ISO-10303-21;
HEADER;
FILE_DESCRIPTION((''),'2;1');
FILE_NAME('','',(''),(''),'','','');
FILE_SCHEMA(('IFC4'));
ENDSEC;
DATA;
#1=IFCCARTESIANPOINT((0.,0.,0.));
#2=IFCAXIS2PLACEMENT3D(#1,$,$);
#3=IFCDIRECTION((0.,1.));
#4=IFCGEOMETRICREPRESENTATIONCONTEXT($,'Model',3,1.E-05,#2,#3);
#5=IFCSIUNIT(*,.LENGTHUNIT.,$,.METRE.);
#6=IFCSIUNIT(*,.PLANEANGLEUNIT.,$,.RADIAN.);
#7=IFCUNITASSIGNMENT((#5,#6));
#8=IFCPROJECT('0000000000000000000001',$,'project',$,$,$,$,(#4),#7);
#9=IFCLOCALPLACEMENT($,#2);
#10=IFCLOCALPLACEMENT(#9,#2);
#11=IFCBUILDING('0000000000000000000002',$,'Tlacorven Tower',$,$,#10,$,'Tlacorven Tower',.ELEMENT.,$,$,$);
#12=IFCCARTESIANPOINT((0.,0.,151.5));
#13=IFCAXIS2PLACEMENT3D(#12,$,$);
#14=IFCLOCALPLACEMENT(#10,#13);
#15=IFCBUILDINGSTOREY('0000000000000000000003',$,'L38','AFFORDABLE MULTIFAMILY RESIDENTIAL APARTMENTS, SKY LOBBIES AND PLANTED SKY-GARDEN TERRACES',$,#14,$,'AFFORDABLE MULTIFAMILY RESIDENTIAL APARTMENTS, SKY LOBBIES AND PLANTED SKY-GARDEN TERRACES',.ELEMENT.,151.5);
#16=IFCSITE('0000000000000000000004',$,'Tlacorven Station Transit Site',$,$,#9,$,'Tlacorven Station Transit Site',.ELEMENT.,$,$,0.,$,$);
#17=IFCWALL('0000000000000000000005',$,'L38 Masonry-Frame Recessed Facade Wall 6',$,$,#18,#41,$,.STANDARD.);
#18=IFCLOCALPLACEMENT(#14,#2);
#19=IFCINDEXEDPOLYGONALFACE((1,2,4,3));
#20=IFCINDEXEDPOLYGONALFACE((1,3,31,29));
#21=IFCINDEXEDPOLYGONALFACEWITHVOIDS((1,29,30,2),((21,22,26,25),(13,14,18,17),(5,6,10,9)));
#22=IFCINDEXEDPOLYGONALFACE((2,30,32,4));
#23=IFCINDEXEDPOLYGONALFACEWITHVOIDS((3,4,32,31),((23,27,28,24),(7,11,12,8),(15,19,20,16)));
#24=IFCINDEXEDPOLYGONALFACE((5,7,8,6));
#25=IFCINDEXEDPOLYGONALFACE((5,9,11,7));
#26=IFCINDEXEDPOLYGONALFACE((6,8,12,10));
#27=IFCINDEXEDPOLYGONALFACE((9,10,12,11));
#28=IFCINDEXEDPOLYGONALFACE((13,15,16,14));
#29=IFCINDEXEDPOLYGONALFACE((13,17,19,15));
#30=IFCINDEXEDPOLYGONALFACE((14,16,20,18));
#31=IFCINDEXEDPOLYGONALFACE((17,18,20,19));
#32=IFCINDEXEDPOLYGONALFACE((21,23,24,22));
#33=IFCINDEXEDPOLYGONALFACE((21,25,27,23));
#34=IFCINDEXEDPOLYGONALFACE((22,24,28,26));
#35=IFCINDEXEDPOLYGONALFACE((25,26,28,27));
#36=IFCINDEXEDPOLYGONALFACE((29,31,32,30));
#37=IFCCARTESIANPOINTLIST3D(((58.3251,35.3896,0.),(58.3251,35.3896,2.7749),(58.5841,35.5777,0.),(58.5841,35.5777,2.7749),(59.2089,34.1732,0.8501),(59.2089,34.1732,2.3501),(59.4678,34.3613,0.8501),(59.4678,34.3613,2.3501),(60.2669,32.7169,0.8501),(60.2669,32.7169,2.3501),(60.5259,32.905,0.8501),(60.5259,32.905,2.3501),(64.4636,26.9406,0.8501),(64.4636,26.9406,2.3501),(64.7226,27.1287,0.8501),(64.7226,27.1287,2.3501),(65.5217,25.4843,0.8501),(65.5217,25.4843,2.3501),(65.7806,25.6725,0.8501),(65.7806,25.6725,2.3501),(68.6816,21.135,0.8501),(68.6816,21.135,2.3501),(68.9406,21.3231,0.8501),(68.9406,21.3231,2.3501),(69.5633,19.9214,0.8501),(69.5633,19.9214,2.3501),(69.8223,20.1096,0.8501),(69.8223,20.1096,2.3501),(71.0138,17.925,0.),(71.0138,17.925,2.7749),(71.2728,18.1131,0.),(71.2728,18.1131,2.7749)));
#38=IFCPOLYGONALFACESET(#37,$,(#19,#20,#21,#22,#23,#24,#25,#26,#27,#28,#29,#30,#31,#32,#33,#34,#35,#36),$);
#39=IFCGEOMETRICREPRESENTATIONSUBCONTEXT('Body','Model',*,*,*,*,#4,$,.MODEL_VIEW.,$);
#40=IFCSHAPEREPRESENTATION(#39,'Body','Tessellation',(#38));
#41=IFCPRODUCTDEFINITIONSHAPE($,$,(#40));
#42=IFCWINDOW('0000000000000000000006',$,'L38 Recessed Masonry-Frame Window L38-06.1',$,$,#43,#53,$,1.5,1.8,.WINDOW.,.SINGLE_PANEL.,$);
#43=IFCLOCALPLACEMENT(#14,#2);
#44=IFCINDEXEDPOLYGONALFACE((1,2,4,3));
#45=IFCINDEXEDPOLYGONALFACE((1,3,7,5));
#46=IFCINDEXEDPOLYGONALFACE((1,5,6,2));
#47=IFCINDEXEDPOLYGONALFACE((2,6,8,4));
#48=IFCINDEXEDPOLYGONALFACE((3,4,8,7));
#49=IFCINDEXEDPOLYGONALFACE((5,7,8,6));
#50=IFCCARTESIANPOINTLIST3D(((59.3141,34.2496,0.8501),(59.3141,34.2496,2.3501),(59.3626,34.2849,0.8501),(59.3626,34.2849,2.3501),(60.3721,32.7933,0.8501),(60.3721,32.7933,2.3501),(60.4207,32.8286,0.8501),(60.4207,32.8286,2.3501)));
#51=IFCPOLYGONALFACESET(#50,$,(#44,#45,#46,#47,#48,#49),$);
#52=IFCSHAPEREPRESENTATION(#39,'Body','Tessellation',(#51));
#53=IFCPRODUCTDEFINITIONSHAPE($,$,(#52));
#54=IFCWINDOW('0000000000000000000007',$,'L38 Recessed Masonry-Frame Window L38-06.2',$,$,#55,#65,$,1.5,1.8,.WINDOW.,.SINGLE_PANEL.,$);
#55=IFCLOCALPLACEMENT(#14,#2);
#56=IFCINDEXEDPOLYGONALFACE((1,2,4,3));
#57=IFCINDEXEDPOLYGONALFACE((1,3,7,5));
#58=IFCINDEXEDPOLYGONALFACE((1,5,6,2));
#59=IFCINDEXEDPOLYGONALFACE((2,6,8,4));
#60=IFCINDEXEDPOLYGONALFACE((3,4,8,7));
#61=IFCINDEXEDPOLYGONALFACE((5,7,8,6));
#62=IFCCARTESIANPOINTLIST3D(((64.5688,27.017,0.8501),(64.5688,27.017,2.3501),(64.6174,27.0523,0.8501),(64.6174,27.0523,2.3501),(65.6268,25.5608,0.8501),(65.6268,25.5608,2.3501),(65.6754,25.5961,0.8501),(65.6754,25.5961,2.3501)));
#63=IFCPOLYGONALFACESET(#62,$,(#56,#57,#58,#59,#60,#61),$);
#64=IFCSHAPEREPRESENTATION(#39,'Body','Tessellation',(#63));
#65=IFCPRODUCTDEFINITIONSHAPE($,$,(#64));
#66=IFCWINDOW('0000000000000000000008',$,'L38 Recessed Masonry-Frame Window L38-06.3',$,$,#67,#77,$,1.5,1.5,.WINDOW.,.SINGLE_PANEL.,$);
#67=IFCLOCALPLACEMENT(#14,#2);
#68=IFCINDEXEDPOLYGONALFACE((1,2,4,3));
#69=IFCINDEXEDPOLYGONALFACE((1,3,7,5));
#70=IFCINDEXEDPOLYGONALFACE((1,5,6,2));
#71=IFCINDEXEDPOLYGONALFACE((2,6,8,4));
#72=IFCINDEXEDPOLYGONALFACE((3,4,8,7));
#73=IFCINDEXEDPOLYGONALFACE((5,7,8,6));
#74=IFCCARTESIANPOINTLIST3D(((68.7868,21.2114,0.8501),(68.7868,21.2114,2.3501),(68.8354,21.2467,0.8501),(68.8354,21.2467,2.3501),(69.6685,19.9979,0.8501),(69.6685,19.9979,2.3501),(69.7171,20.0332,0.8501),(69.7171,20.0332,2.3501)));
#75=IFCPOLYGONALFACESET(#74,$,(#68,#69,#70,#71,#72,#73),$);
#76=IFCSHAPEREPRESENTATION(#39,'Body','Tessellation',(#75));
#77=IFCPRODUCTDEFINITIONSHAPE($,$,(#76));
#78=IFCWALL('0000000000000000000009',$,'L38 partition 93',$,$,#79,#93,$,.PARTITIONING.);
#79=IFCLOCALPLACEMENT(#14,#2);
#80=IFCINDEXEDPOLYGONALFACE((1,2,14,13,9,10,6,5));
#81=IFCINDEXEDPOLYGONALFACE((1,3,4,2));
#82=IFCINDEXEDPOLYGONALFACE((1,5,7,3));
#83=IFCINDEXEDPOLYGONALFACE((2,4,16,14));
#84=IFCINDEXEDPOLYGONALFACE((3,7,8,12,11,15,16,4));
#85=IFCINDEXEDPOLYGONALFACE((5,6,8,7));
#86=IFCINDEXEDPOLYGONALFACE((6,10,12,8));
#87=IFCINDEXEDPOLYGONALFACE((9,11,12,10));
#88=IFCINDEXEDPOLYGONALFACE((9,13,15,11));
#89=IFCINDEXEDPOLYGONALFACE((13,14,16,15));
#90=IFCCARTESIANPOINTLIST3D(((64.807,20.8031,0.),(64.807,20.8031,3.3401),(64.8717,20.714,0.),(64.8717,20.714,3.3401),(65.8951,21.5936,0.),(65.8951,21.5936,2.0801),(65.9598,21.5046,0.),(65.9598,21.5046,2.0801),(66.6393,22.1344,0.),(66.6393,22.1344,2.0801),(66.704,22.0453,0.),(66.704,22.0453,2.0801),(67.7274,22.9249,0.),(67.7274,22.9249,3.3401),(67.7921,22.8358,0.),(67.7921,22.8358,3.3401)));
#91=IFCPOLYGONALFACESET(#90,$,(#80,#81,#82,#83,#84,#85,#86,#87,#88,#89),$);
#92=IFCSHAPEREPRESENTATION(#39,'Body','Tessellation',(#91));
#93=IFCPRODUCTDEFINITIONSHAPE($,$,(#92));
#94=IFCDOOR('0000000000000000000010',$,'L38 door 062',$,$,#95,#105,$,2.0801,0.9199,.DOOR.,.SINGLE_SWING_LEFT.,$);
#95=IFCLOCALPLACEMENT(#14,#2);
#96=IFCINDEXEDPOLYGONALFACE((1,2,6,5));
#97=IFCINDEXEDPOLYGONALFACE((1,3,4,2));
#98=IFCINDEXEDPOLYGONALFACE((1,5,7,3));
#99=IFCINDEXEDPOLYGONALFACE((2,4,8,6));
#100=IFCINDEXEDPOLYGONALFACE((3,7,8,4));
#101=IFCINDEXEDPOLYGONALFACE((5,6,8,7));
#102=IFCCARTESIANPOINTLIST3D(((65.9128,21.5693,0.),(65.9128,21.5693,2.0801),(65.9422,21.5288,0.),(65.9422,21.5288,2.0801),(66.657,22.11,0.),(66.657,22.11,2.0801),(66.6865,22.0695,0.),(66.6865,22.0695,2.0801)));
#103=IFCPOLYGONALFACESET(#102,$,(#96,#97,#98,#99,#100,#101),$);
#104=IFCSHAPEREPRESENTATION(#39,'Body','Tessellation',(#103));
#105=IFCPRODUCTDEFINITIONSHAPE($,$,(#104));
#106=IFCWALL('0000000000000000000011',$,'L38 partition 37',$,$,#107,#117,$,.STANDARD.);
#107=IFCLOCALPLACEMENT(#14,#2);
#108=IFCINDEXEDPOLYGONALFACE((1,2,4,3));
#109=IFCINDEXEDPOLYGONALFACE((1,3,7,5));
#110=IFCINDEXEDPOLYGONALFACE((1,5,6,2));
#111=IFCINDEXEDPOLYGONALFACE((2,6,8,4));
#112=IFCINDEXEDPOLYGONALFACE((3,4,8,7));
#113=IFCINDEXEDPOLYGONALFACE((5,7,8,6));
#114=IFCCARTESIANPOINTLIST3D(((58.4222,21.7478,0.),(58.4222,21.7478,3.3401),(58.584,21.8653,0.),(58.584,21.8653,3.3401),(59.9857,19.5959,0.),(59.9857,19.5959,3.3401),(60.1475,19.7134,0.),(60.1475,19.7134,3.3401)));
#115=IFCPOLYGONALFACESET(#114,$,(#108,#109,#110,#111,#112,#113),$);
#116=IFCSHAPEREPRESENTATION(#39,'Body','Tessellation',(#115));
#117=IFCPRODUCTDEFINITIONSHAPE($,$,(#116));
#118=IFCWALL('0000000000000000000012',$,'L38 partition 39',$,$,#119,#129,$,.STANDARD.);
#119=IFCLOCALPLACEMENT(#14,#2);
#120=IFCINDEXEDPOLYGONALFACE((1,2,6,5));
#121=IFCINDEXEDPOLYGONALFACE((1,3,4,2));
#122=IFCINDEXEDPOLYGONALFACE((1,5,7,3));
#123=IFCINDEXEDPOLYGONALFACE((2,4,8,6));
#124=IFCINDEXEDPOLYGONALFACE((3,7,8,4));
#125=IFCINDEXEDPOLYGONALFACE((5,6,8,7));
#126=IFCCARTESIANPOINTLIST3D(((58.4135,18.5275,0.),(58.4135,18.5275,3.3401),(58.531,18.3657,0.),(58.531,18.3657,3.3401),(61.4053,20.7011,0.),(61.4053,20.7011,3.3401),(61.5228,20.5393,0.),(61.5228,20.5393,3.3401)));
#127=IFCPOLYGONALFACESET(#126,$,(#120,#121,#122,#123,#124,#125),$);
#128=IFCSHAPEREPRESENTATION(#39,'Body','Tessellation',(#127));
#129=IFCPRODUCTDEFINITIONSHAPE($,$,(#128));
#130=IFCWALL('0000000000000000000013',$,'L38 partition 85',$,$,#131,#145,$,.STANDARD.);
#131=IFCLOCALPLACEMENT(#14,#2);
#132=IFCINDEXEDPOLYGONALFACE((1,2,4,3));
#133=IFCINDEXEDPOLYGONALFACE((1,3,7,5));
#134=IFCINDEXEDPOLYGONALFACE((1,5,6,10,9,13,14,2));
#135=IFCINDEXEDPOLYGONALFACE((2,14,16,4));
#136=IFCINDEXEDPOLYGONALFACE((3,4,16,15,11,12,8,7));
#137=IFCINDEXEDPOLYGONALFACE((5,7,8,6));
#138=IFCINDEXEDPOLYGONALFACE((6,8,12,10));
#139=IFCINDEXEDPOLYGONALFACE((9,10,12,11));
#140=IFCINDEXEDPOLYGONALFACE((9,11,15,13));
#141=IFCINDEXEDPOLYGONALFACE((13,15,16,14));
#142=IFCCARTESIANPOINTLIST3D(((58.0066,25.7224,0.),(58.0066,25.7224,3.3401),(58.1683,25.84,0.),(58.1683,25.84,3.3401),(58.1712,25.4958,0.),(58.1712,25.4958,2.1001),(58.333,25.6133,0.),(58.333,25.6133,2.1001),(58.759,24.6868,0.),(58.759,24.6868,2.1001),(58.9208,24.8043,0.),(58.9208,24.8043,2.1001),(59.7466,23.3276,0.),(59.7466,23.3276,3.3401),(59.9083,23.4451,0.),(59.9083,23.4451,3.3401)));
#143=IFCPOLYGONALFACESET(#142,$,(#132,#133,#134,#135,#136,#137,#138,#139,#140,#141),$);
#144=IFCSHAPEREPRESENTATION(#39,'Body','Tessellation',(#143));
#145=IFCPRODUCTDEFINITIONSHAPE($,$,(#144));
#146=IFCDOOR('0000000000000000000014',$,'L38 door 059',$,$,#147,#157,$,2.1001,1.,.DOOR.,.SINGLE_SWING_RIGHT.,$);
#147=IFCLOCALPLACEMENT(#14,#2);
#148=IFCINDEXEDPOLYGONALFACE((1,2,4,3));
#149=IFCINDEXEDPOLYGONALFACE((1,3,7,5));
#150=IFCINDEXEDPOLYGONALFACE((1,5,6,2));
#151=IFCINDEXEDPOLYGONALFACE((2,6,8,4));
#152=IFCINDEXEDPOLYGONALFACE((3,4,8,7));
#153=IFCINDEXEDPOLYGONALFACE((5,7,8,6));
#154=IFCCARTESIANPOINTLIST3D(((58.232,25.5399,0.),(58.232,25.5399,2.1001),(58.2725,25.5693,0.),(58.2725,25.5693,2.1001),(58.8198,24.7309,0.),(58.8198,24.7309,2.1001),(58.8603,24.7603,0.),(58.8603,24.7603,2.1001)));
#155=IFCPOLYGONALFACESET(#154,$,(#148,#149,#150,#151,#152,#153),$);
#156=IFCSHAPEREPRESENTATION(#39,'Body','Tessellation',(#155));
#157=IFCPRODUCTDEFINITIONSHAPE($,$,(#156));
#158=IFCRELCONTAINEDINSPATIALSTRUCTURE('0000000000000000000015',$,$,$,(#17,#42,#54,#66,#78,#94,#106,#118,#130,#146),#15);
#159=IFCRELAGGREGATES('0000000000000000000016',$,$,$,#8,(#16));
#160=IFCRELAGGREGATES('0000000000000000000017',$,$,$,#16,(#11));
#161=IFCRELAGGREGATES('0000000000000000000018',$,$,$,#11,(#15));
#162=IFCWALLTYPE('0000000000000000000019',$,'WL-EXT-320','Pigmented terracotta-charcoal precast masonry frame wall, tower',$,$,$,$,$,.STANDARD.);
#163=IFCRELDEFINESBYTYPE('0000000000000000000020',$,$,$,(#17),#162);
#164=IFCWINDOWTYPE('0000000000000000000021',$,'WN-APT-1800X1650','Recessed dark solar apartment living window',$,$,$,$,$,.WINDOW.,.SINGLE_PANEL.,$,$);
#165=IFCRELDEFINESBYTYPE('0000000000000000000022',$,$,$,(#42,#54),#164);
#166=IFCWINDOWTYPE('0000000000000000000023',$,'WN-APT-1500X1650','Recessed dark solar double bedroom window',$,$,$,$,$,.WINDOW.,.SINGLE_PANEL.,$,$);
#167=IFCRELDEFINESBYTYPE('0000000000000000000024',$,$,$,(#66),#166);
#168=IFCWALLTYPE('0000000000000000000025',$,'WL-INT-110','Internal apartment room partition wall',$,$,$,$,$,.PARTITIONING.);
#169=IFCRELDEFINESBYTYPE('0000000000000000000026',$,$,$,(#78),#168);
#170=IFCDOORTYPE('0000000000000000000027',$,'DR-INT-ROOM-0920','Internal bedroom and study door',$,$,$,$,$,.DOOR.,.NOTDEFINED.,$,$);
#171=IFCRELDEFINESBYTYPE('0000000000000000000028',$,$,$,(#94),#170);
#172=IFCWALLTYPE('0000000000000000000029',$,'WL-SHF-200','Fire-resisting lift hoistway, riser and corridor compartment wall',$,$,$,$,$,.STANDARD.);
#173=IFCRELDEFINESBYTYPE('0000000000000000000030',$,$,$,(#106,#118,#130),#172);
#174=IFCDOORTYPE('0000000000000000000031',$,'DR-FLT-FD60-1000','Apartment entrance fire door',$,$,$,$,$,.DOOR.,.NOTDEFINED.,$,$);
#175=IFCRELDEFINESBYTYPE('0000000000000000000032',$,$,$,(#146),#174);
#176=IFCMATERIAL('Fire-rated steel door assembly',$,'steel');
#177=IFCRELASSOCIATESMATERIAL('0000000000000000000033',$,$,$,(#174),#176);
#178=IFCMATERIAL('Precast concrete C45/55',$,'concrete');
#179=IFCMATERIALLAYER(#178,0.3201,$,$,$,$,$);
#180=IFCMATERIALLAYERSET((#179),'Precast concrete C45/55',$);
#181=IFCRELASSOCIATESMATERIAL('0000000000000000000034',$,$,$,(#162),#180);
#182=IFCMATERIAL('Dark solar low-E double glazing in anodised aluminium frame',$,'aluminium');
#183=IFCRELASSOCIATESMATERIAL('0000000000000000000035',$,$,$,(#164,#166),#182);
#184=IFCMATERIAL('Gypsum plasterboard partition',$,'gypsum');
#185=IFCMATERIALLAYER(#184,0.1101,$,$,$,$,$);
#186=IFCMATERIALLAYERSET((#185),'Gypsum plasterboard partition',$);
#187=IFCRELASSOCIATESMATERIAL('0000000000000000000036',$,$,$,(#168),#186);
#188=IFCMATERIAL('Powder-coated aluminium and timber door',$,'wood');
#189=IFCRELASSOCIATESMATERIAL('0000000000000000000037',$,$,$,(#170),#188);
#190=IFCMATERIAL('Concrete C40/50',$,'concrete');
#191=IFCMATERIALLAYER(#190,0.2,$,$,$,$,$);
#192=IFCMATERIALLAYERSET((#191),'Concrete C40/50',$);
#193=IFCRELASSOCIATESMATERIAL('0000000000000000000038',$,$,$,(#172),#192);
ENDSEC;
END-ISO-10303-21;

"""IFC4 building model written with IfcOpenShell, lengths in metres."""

from ifc_helpers import new_model, si_unit, direction, frame, frame_2d, origin, place, context, subcontext, project, spatial, rectangle, extrude, source, transform, mapped, material, layer, layer_set, type_object, element, fill, save


model = new_model("IFC4")

# Units and contexts
model_context = context("Model", 3, precision=1e-05, world=origin(), true_north=direction((0.0, 1.0)))
body_context = subcontext(model_context, "Body", "Model", "MODEL_VIEW")
ifc_project = project(units=[si_unit("LENGTHUNIT", "METRE"), si_unit("PLANEANGLEUNIT", "RADIAN")], contexts=[model_context])

# Site, building, storey
site_placement = place(None, origin())
site = spatial("IfcSite", under=ifc_project, at=site_placement, Name="Tlacorven Station Transit Site", LongName="Tlacorven Station Transit Site", CompositionType="ELEMENT", RefElevation=0.0)
building_placement = place(site_placement, origin())
building = spatial("IfcBuilding", under=site, at=building_placement, Name="Tlacorven Tower", LongName="Tlacorven Tower", CompositionType="ELEMENT")
storey_placement = place(building_placement, frame((0.0, 0.0, 151.5)))
storey = spatial("IfcBuildingStorey", under=building, at=storey_placement, Name="L38", Description="AFFORDABLE MULTIFAMILY RESIDENTIAL APARTMENTS, SKY LOBBIES AND PLANTED SKY-GARDEN TERRACES", LongName="AFFORDABLE MULTIFAMILY RESIDENTIAL APARTMENTS, SKY LOBBIES AND PLANTED SKY-GARDEN TERRACES", CompositionType="ELEMENT", Elevation=151.5)

# Shared definitions
ifc_material_1 = material(Name="Fire-rated steel door assembly", Category="steel")
door_type_1 = type_object("IfcDoorType", Name="DR-FLT-FD60-1000", Description="Apartment entrance fire door", OperationType="NOTDEFINED", PredefinedType="DOOR", material=ifc_material_1)
shared_shape_1 = source(origin(), body_context, "Body", "SweptSolid", [
    extrude(rectangle(XDim=1.0, YDim=2.1001, at=frame_2d((0.5, 1.05))), frame((0.0, 0.0249, 0.0), z_axis=(0.0, -1.0, 0.0), x_axis=(1.0, 0.0, 0.0)), (0.0, 0.0, 1.0), 0.05),
])

# Wall, openings, windows
ifc_material_2 = material(Name="Precast concrete C45/55", Category="concrete")
ifc_layer_1 = layer(ifc_material_2, 0.3201)
ifc_layer_set_1 = layer_set([ifc_layer_1], Name="Precast concrete C45/55")
wall_type_1 = type_object("IfcWallType", Name="WL-EXT-320", Description="Pigmented terracotta-charcoal precast masonry frame wall, tower", PredefinedType="STANDARD", material=ifc_layer_set_1)
wall_1_placement = place(storey_placement, frame((58.4546, 35.4836, 0.0), z_axis=(0.0, 0.0, 1.0), x_axis=(0.587784, -0.809018, 0.0)))
wall_1 = element("IfcWall", 1, at=wall_1_placement, inside=storey, type_object=wall_type_1, Name="L38 Masonry-Frame Recessed Facade Wall 6", PredefinedType="STANDARD", context=body_context, shape_type="SweptSolid", body=[
    extrude(rectangle(XDim=21.5874, YDim=0.3201, at=frame_2d((10.7937, 0.0))), origin(), (0.0, 0.0, 1.0), 2.7749),
])
opening_1_placement = place(wall_1_placement, frame((1.5037, 0.0, 0.8501)))
opening_1 = element("IfcOpeningElement", 2, at=opening_1_placement, cuts=wall_1, PredefinedType="OPENING", context=body_context, shape_type="SweptSolid", body=[
    extrude(rectangle(XDim=1.8, YDim=1.5, at=frame_2d((0.8999, 0.75))), frame((0.0, 0.1699, 0.0), z_axis=(0.0, -1.0, 0.0), x_axis=(1.0, 0.0, 0.0)), (0.0, 0.0, 1.0), 0.3401),
])
opening_2_placement = place(wall_1_placement, frame((10.4436, 0.0, 0.8501)))
opening_2 = element("IfcOpeningElement", 3, at=opening_2_placement, cuts=wall_1, PredefinedType="OPENING", context=body_context, shape_type="SweptSolid", body=[
    extrude(rectangle(XDim=1.8, YDim=1.5, at=frame_2d((0.8999, 0.75))), frame((0.0, 0.1699, 0.0), z_axis=(0.0, -1.0, 0.0), x_axis=(1.0, 0.0, 0.0)), (0.0, 0.0, 1.0), 0.3401),
])
opening_3_placement = place(wall_1_placement, frame((17.6196, 0.0, 0.8501)))
opening_3 = element("IfcOpeningElement", 4, at=opening_3_placement, cuts=wall_1, PredefinedType="OPENING", context=body_context, shape_type="SweptSolid", body=[
    extrude(rectangle(XDim=1.5, YDim=1.5, at=frame_2d((0.75, 0.75))), frame((0.0, 0.1699, 0.0), z_axis=(0.0, -1.0, 0.0), x_axis=(1.0, 0.0, 0.0)), (0.0, 0.0, 1.0), 0.3401),
])
ifc_material_3 = material(Name="Dark solar low-E double glazing in anodised aluminium frame", Category="aluminium")
window_type_1 = type_object("IfcWindowType", Name="WN-APT-1800X1650", Description="Recessed dark solar apartment living window", PartitioningType="SINGLE_PANEL", PredefinedType="WINDOW", material=ifc_material_3)
shared_shape_2 = source(origin(), body_context, "Body", "SweptSolid", [
    extrude(rectangle(XDim=1.8, YDim=1.5, at=frame_2d((0.8999, 0.75))), frame((0.0, 0.03, 0.0), z_axis=(0.0, -1.0, 0.0), x_axis=(1.0, 0.0, 0.0)), (0.0, 0.0, 1.0), 0.0601),
])
window_1_placement = place(opening_1_placement, origin())
window_1 = element("IfcWindow", 5, at=window_1_placement, inside=storey, type_object=window_type_1, Name="L38 Recessed Masonry-Frame Window L38-06.1", OverallHeight=1.5, OverallWidth=1.8, PartitioningType="SINGLE_PANEL", PredefinedType="WINDOW", context=body_context, shape_type="MappedRepresentation", body=[
    mapped(shared_shape_2, transform((0.0, 0.0, 0.0), scale=1.0)),
])
fill(opening_1, window_1)
window_2_placement = place(opening_2_placement, origin())
window_2 = element("IfcWindow", 6, at=window_2_placement, inside=storey, type_object=window_type_1, Name="L38 Recessed Masonry-Frame Window L38-06.2", OverallHeight=1.5, OverallWidth=1.8, PartitioningType="SINGLE_PANEL", PredefinedType="WINDOW", context=body_context, shape_type="MappedRepresentation", body=[
    mapped(shared_shape_2, transform((0.0, 0.0, 0.0), scale=1.0)),
])
fill(opening_2, window_2)
window_type_2 = type_object("IfcWindowType", Name="WN-APT-1500X1650", Description="Recessed dark solar double bedroom window", PartitioningType="SINGLE_PANEL", PredefinedType="WINDOW", material=ifc_material_3)
shared_shape_3 = source(origin(), body_context, "Body", "SweptSolid", [
    extrude(rectangle(XDim=1.5, YDim=1.5, at=frame_2d((0.75, 0.75))), frame((0.0, 0.03, 0.0), z_axis=(0.0, -1.0, 0.0), x_axis=(1.0, 0.0, 0.0)), (0.0, 0.0, 1.0), 0.0601),
])
window_3_placement = place(opening_3_placement, origin())
window_3 = element("IfcWindow", 7, at=window_3_placement, inside=storey, type_object=window_type_2, Name="L38 Recessed Masonry-Frame Window L38-06.3", OverallHeight=1.5, OverallWidth=1.5, PartitioningType="SINGLE_PANEL", PredefinedType="WINDOW", context=body_context, shape_type="MappedRepresentation", body=[
    mapped(shared_shape_3, transform((0.0, 0.0, 0.0), scale=1.0)),
])
fill(opening_3, window_3)

# Wall, opening, door
ifc_material_4 = material(Name="Gypsum plasterboard partition", Category="gypsum")
ifc_layer_2 = layer(ifc_material_4, 0.1101)
ifc_layer_set_2 = layer_set([ifc_layer_2], Name="Gypsum plasterboard partition")
wall_type_2 = type_object("IfcWallType", Name="WL-INT-110", Description="Internal apartment room partition wall", PredefinedType="PARTITIONING", material=ifc_layer_set_2)
wall_2_placement = place(storey_placement, frame((64.8394, 20.7585, 0.0), z_axis=(0.0, 0.0, 1.0), x_axis=(0.809014, 0.58779, 0.0)))
wall_2 = element("IfcWall", 8, at=wall_2_placement, inside=storey, type_object=wall_type_2, Name="L38 partition 93", PredefinedType="PARTITIONING", context=body_context, shape_type="SweptSolid", body=[
    extrude(rectangle(XDim=3.6099, YDim=0.1101, at=frame_2d((1.8049, 0.0))), origin(), (0.0, 0.0, 1.0), 3.3401),
])
opening_4_placement = place(wall_2_placement, frame((1.345, 0.0, 0.0)))
opening_4 = element("IfcOpeningElement", 9, at=opening_4_placement, cuts=wall_2, PredefinedType="OPENING", context=body_context, shape_type="SweptSolid", body=[
    extrude(rectangle(XDim=0.9199, YDim=2.0801, at=frame_2d((0.46, 1.04))), frame((0.0, 0.0649, 0.0), z_axis=(0.0, -1.0, 0.0), x_axis=(1.0, 0.0, 0.0)), (0.0, 0.0, 1.0), 0.1301),
])
ifc_material_5 = material(Name="Powder-coated aluminium and timber door", Category="wood")
door_type_2 = type_object("IfcDoorType", Name="DR-INT-ROOM-0920", Description="Internal bedroom and study door", OperationType="NOTDEFINED", PredefinedType="DOOR", material=ifc_material_5)
shared_shape_4 = source(origin(), body_context, "Body", "SweptSolid", [
    extrude(rectangle(XDim=0.9199, YDim=2.0801, at=frame_2d((0.46, 1.04))), frame((0.0, 0.0249, 0.0), z_axis=(0.0, -1.0, 0.0), x_axis=(1.0, 0.0, 0.0)), (0.0, 0.0, 1.0), 0.05),
])
door_1_placement = place(opening_4_placement, origin())
door_1 = element("IfcDoor", 10, at=door_1_placement, inside=storey, type_object=door_type_2, Name="L38 door 062", OperationType="SINGLE_SWING_LEFT", OverallHeight=2.0801, OverallWidth=0.9199, PredefinedType="DOOR", context=body_context, shape_type="MappedRepresentation", body=[
    mapped(shared_shape_4, transform((0.0, 0.0, 0.0), scale=1.0)),
])
fill(opening_4, door_1)

# Walls
ifc_material_6 = material(Name="Concrete C40/50", Category="concrete")
ifc_layer_3 = layer(ifc_material_6, 0.2)
ifc_layer_set_3 = layer_set([ifc_layer_3], Name="Concrete C40/50")
wall_type_3 = type_object("IfcWallType", Name="WL-SHF-200", Description="Fire-resisting lift hoistway, riser and corridor compartment wall", PredefinedType="STANDARD", material=ifc_layer_set_3)
wall_3_placement = place(storey_placement, frame((60.0667, 19.6545, 0.0), z_axis=(0.0, 0.0, 1.0), x_axis=(-0.587801, 0.809006, 0.0)))
element("IfcWall", 11, at=wall_3_placement, inside=storey, type_object=wall_type_3, Name="L38 partition 37", PredefinedType="STANDARD", context=body_context, shape_type="SweptSolid", body=[
    extrude(rectangle(XDim=2.6599, YDim=0.2, at=frame_2d((1.3301, 0.0))), origin(), (0.0, 0.0, 1.0), 3.3401),
])
wall_4_placement = place(storey_placement, frame((58.4722, 18.4465, 0.0), z_axis=(0.0, 0.0, 1.0), x_axis=(0.809019, 0.587783, 0.0)))
element("IfcWall", 12, at=wall_4_placement, inside=storey, type_object=wall_type_3, Name="L38 partition 39", PredefinedType="STANDARD", context=body_context, shape_type="SweptSolid", body=[
    extrude(rectangle(XDim=3.698, YDim=0.2, at=frame_2d((1.8491, 0.0))), origin(), (0.0, 0.0, 1.0), 3.3401),
])

# Wall, opening, door
wall_5_placement = place(storey_placement, frame((59.8274, 23.3865, 0.0), z_axis=(0.0, 0.0, 1.0), x_axis=(-0.587804, 0.809003, 0.0)))
wall_5 = element("IfcWall", 13, at=wall_5_placement, inside=storey, type_object=wall_type_3, Name="L38 partition 85", PredefinedType="STANDARD", context=body_context, shape_type="SweptSolid", body=[
    extrude(rectangle(XDim=2.9602, YDim=0.2, at=frame_2d((1.48, 0.0))), origin(), (0.0, 0.0, 1.0), 3.3401),
])
opening_5_placement = place(wall_5_placement, frame((1.6799, 0.0, 0.0)))
opening_5 = element("IfcOpeningElement", 14, at=opening_5_placement, cuts=wall_5, PredefinedType="OPENING", context=body_context, shape_type="SweptSolid", body=[
    extrude(rectangle(XDim=1.0, YDim=2.1001, at=frame_2d((0.5, 1.05))), frame((0.0, 0.1099, 0.0), z_axis=(0.0, -1.0, 0.0), x_axis=(1.0, 0.0, 0.0)), (0.0, 0.0, 1.0), 0.22),
])
door_2_placement = place(opening_5_placement, origin())
door_2 = element("IfcDoor", 15, at=door_2_placement, inside=storey, type_object=door_type_1, Name="L38 door 059", OperationType="SINGLE_SWING_RIGHT", OverallHeight=2.1001, OverallWidth=1.0, PredefinedType="DOOR", context=body_context, shape_type="MappedRepresentation", body=[
    mapped(shared_shape_1, transform((0.0, 0.0, 0.0), scale=1.0)),
])
fill(opening_5, door_2)

save(model, "model.ifc")
